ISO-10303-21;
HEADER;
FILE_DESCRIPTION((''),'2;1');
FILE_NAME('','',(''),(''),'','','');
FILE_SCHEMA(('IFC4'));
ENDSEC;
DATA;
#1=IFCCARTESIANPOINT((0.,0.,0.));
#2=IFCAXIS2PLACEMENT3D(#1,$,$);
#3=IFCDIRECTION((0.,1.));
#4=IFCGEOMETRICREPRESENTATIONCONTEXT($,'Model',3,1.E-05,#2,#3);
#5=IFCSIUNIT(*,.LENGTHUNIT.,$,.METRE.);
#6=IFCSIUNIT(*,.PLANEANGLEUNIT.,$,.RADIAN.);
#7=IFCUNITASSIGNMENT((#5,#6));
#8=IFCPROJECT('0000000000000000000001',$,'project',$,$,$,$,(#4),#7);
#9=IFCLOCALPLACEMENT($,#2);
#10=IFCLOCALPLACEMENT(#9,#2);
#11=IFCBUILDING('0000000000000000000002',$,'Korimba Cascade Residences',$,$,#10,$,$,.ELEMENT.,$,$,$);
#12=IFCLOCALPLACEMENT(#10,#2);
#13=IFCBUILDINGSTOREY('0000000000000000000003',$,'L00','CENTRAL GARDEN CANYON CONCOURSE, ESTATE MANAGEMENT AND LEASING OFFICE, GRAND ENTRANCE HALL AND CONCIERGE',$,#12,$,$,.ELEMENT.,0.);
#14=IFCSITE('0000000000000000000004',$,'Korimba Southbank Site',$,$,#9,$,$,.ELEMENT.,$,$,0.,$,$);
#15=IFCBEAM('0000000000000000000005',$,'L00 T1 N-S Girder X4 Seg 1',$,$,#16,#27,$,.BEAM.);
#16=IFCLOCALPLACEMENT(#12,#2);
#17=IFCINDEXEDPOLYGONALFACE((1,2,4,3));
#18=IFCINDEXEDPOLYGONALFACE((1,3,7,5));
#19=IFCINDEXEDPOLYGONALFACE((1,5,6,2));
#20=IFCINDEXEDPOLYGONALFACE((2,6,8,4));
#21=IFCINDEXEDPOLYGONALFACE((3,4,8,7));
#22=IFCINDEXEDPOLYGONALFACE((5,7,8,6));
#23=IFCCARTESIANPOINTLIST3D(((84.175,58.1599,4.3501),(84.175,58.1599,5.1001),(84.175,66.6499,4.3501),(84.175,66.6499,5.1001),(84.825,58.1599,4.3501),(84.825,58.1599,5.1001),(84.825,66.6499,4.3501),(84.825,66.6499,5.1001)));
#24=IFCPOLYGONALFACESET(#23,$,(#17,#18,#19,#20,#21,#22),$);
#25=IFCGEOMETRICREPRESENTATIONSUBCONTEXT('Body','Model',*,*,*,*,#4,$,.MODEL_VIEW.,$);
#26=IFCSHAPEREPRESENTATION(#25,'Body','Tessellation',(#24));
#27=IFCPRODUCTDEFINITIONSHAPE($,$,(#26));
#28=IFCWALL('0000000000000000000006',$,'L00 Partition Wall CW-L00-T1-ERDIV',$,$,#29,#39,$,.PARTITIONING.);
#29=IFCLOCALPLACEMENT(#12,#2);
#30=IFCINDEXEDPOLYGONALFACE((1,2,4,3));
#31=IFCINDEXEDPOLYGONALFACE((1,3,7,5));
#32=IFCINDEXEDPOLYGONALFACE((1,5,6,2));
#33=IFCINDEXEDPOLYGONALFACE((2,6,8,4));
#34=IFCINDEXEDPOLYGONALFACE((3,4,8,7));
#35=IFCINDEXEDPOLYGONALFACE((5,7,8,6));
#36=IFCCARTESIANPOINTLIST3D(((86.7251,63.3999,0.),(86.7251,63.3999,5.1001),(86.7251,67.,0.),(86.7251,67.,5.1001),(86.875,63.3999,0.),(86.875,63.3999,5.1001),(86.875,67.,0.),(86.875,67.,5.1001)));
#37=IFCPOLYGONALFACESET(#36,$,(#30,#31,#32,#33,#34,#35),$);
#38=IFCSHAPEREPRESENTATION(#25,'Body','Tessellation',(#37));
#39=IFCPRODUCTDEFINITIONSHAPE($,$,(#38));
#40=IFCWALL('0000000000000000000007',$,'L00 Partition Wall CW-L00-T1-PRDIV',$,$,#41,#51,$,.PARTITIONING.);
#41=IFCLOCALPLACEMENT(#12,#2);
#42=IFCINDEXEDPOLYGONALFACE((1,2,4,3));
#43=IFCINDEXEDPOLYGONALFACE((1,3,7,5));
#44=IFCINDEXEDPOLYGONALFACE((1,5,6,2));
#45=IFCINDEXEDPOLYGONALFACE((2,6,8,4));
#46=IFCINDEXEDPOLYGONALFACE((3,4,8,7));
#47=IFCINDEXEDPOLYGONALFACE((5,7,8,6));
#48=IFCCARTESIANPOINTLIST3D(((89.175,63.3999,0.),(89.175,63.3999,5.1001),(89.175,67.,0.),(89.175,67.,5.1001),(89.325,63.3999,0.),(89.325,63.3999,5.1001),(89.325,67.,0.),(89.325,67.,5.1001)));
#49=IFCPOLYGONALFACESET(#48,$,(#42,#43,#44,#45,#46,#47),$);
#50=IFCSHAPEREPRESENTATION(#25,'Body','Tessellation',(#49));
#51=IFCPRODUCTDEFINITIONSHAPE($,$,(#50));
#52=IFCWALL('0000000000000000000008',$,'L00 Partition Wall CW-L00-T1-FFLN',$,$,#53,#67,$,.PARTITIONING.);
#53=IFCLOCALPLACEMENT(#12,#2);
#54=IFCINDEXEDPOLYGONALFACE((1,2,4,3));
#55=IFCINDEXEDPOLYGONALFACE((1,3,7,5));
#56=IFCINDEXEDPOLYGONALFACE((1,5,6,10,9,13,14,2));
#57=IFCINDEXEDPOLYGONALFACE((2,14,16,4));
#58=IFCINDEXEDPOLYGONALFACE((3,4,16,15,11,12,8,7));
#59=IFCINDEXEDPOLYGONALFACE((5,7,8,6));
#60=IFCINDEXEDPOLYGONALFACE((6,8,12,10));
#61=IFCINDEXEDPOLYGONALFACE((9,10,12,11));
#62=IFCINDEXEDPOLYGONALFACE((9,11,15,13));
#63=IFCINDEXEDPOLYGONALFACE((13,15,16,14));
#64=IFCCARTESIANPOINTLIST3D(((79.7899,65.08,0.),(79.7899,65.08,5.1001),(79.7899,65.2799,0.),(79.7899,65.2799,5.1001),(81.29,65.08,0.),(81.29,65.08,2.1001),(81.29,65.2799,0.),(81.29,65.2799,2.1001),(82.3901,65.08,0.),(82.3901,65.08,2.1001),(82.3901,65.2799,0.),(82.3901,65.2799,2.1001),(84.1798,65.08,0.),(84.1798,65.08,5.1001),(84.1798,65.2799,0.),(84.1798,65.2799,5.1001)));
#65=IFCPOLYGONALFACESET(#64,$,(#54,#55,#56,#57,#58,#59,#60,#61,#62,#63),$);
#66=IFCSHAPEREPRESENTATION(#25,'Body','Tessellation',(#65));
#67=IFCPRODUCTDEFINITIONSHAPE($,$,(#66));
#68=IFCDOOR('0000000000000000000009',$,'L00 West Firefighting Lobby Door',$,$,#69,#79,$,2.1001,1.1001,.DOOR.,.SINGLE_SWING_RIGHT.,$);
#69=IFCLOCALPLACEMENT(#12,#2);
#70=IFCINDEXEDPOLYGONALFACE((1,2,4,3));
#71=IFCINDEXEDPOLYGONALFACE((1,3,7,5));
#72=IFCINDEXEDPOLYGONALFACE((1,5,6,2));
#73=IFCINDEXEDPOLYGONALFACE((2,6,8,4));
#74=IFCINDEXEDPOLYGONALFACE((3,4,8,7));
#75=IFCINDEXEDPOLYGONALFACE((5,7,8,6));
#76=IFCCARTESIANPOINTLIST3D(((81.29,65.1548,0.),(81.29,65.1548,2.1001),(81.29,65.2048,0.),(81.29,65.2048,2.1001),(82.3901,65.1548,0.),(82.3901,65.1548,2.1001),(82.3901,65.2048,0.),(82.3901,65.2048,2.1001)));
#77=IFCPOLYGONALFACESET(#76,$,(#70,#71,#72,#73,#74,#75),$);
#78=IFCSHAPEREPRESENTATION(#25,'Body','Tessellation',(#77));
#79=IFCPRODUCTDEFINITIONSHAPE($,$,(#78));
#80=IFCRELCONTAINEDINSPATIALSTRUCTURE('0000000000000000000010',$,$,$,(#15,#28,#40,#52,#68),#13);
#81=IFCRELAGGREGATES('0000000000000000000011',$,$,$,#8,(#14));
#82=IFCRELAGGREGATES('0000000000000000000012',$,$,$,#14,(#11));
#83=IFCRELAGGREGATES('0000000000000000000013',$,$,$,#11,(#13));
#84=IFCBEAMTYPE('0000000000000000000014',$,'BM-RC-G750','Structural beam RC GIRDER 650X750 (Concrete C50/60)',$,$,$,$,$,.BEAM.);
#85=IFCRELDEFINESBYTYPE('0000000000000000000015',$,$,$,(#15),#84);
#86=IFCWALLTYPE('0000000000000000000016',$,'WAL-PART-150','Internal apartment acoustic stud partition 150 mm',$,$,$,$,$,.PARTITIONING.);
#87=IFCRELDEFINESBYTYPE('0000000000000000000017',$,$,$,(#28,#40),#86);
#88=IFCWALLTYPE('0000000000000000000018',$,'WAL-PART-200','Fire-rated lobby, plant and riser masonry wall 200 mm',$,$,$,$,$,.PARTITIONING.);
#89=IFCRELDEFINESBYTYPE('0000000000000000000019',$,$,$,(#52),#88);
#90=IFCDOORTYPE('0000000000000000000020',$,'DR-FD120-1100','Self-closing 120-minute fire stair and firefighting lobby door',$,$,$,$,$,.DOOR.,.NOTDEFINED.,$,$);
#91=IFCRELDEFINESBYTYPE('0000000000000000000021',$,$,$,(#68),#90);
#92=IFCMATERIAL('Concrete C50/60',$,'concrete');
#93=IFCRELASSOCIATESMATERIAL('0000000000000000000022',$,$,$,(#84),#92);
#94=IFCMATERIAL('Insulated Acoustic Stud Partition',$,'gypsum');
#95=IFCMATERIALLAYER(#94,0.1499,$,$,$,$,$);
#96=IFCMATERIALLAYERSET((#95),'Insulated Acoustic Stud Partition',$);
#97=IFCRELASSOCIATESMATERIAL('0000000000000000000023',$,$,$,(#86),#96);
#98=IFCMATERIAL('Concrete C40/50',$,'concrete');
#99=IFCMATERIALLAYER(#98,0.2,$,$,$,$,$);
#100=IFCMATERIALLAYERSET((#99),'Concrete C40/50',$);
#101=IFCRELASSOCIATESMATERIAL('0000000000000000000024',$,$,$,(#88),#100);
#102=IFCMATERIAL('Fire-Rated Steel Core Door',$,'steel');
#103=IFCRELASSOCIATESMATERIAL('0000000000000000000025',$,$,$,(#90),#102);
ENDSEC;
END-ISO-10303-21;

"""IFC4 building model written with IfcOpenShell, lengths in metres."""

from ifc_helpers import new_model, si_unit, direction, frame, frame_2d, origin, origin_2d, place, context, subcontext, project, spatial, rectangle, extrude, material, layer, layer_set, material_profile, profile_set, type_object, element, fill, save


model = new_model("IFC4")

# Units and contexts
model_context = context("Model", 3, precision=1e-05, world=origin(), true_north=direction((0.0, 1.0)))
body_context = subcontext(model_context, "Body", "Model", "MODEL_VIEW")
ifc_project = project(units=[si_unit("LENGTHUNIT", "METRE"), si_unit("PLANEANGLEUNIT", "RADIAN")], contexts=[model_context])

# Site, building, storey
site_placement = place(None, origin())
site = spatial("IfcSite", under=ifc_project, at=site_placement, Name="Korimba Southbank Site", CompositionType="ELEMENT", RefElevation=0.0)
building_placement = place(site_placement, origin())
building = spatial("IfcBuilding", under=site, at=building_placement, Name="Korimba Cascade Residences", CompositionType="ELEMENT")
storey_placement = place(building_placement, origin())
storey = spatial("IfcBuildingStorey", under=building, at=storey_placement, Name="L00", Description="CENTRAL GARDEN CANYON CONCOURSE, ESTATE MANAGEMENT AND LEASING OFFICE, GRAND ENTRANCE HALL AND CONCIERGE", CompositionType="ELEMENT", Elevation=0.0)

# Beam
ifc_material_1 = material(Name="Concrete C50/60", Category="concrete")
ifc_material_profile = material_profile(ifc_material_1, rectangle(XDim=0.6499, YDim=0.75, at=origin_2d()), Name="Concrete C50/60")
ifc_profile_set = profile_set([ifc_material_profile], Name="Concrete C50/60")
beam_type = type_object("IfcBeamType", Name="BM-RC-G750", Description="Structural beam RC GIRDER 650X750 (Concrete C50/60)", PredefinedType="BEAM", material=ifc_profile_set)
beam_placement = place(storey_placement, frame((84.5, 58.1599, 4.7251), z_axis=(0.0, 1.0, 0.0), x_axis=(-1.0, 0.0, 0.0)))
element("IfcBeam", 1, at=beam_placement, inside=storey, type_object=beam_type, Name="L00 T1 N-S Girder X4 Seg 1", PredefinedType="BEAM", context=body_context, shape_type="SweptSolid", body=[
    extrude(rectangle(XDim=0.6499, YDim=0.75, at=origin_2d()), origin(), (0.0, 0.0, 1.0), 8.49),
])

# Walls
ifc_material_2 = material(Name="Insulated Acoustic Stud Partition", Category="gypsum")
ifc_layer_1 = layer(ifc_material_2, 0.1499)
ifc_layer_set_1 = layer_set([ifc_layer_1], Name="Insulated Acoustic Stud Partition")
wall_type_1 = type_object("IfcWallType", Name="WAL-PART-150", Description="Internal apartment acoustic stud partition 150 mm", PredefinedType="PARTITIONING", material=ifc_layer_set_1)
for number, where, z_axis, x_axis, name in (
    (2, (86.8, 63.3999, 0.0), (0.0, 0.0, 1.0), (0.0, 1.0, 0.0), "L00 Partition Wall CW-L00-T1-ERDIV"),
    (3, (89.25, 63.3999, 0.0), (0.0, 0.0, 1.0), (0.0, 1.0, 0.0), "L00 Partition Wall CW-L00-T1-PRDIV"),
):
    element("IfcWall", number, at=place(storey_placement, frame(where, z_axis=z_axis, x_axis=x_axis)), inside=storey, type_object=wall_type_1, Name=name, PredefinedType="PARTITIONING", context=body_context, shape_type="SweptSolid", body=[
        extrude(rectangle(XDim=3.6001, YDim=0.1499, at=frame_2d((1.8, 0.0))), origin(), (0.0, 0.0, 1.0), 5.1001),
    ])

# Wall, opening, door
ifc_material_3 = material(Name="Concrete C40/50", Category="concrete")
ifc_layer_2 = layer(ifc_material_3, 0.2)
ifc_layer_set_2 = layer_set([ifc_layer_2], Name="Concrete C40/50")
wall_type_2 = type_object("IfcWallType", Name="WAL-PART-200", Description="Fire-rated lobby, plant and riser masonry wall 200 mm", PredefinedType="PARTITIONING", material=ifc_layer_set_2)
wall_1_placement = place(storey_placement, frame((79.79, 65.1799, 0.0), z_axis=(0.0, 0.0, 1.0), x_axis=(1.0, 0.0, 0.0)))
wall_1 = element("IfcWall", 4, at=wall_1_placement, inside=storey, type_object=wall_type_2, Name="L00 Partition Wall CW-L00-T1-FFLN", PredefinedType="PARTITIONING", context=body_context, shape_type="SweptSolid", body=[
    extrude(rectangle(XDim=4.3899, YDim=0.2, at=frame_2d((2.1948, 0.0))), origin(), (0.0, 0.0, 1.0), 5.1001),
])
opening_1_placement = place(wall_1_placement, frame((1.5, 0.0, 0.0)))
opening_1 = element("IfcOpeningElement", 5, at=opening_1_placement, cuts=wall_1, PredefinedType="OPENING", context=body_context, shape_type="SweptSolid", body=[
    extrude(rectangle(XDim=1.1001, YDim=2.1001, at=frame_2d((0.55, 1.05))), frame((0.0, 0.1099, 0.0), z_axis=(0.0, -1.0, 0.0), x_axis=(1.0, 0.0, 0.0)), (0.0, 0.0, 1.0), 0.22),
])
ifc_material_4 = material(Name="Fire-Rated Steel Core Door", Category="steel")
door_type_1 = type_object("IfcDoorType", Name="DR-FD120-1100", Description="Self-closing 120-minute fire stair and firefighting lobby door", OperationType="NOTDEFINED", PredefinedType="DOOR", material=ifc_material_4)
door_1_placement = place(opening_1_placement, origin())
door_1 = element("IfcDoor", 6, at=door_1_placement, inside=storey, type_object=door_type_1, Name="L00 West Firefighting Lobby Door", OperationType="SINGLE_SWING_RIGHT", OverallHeight=2.1001, OverallWidth=1.1001, PredefinedType="DOOR", context=body_context, shape_type="SweptSolid", body=[
    extrude(rectangle(XDim=1.1001, YDim=2.1001, at=frame_2d((0.55, 1.05))), frame((0.0, 0.0249, 0.0), z_axis=(0.0, -1.0, 0.0), x_axis=(1.0, 0.0, 0.0)), (0.0, 0.0, 1.0), 0.05),
])
fill(opening_1, door_1)

save(model, "model.ifc")
